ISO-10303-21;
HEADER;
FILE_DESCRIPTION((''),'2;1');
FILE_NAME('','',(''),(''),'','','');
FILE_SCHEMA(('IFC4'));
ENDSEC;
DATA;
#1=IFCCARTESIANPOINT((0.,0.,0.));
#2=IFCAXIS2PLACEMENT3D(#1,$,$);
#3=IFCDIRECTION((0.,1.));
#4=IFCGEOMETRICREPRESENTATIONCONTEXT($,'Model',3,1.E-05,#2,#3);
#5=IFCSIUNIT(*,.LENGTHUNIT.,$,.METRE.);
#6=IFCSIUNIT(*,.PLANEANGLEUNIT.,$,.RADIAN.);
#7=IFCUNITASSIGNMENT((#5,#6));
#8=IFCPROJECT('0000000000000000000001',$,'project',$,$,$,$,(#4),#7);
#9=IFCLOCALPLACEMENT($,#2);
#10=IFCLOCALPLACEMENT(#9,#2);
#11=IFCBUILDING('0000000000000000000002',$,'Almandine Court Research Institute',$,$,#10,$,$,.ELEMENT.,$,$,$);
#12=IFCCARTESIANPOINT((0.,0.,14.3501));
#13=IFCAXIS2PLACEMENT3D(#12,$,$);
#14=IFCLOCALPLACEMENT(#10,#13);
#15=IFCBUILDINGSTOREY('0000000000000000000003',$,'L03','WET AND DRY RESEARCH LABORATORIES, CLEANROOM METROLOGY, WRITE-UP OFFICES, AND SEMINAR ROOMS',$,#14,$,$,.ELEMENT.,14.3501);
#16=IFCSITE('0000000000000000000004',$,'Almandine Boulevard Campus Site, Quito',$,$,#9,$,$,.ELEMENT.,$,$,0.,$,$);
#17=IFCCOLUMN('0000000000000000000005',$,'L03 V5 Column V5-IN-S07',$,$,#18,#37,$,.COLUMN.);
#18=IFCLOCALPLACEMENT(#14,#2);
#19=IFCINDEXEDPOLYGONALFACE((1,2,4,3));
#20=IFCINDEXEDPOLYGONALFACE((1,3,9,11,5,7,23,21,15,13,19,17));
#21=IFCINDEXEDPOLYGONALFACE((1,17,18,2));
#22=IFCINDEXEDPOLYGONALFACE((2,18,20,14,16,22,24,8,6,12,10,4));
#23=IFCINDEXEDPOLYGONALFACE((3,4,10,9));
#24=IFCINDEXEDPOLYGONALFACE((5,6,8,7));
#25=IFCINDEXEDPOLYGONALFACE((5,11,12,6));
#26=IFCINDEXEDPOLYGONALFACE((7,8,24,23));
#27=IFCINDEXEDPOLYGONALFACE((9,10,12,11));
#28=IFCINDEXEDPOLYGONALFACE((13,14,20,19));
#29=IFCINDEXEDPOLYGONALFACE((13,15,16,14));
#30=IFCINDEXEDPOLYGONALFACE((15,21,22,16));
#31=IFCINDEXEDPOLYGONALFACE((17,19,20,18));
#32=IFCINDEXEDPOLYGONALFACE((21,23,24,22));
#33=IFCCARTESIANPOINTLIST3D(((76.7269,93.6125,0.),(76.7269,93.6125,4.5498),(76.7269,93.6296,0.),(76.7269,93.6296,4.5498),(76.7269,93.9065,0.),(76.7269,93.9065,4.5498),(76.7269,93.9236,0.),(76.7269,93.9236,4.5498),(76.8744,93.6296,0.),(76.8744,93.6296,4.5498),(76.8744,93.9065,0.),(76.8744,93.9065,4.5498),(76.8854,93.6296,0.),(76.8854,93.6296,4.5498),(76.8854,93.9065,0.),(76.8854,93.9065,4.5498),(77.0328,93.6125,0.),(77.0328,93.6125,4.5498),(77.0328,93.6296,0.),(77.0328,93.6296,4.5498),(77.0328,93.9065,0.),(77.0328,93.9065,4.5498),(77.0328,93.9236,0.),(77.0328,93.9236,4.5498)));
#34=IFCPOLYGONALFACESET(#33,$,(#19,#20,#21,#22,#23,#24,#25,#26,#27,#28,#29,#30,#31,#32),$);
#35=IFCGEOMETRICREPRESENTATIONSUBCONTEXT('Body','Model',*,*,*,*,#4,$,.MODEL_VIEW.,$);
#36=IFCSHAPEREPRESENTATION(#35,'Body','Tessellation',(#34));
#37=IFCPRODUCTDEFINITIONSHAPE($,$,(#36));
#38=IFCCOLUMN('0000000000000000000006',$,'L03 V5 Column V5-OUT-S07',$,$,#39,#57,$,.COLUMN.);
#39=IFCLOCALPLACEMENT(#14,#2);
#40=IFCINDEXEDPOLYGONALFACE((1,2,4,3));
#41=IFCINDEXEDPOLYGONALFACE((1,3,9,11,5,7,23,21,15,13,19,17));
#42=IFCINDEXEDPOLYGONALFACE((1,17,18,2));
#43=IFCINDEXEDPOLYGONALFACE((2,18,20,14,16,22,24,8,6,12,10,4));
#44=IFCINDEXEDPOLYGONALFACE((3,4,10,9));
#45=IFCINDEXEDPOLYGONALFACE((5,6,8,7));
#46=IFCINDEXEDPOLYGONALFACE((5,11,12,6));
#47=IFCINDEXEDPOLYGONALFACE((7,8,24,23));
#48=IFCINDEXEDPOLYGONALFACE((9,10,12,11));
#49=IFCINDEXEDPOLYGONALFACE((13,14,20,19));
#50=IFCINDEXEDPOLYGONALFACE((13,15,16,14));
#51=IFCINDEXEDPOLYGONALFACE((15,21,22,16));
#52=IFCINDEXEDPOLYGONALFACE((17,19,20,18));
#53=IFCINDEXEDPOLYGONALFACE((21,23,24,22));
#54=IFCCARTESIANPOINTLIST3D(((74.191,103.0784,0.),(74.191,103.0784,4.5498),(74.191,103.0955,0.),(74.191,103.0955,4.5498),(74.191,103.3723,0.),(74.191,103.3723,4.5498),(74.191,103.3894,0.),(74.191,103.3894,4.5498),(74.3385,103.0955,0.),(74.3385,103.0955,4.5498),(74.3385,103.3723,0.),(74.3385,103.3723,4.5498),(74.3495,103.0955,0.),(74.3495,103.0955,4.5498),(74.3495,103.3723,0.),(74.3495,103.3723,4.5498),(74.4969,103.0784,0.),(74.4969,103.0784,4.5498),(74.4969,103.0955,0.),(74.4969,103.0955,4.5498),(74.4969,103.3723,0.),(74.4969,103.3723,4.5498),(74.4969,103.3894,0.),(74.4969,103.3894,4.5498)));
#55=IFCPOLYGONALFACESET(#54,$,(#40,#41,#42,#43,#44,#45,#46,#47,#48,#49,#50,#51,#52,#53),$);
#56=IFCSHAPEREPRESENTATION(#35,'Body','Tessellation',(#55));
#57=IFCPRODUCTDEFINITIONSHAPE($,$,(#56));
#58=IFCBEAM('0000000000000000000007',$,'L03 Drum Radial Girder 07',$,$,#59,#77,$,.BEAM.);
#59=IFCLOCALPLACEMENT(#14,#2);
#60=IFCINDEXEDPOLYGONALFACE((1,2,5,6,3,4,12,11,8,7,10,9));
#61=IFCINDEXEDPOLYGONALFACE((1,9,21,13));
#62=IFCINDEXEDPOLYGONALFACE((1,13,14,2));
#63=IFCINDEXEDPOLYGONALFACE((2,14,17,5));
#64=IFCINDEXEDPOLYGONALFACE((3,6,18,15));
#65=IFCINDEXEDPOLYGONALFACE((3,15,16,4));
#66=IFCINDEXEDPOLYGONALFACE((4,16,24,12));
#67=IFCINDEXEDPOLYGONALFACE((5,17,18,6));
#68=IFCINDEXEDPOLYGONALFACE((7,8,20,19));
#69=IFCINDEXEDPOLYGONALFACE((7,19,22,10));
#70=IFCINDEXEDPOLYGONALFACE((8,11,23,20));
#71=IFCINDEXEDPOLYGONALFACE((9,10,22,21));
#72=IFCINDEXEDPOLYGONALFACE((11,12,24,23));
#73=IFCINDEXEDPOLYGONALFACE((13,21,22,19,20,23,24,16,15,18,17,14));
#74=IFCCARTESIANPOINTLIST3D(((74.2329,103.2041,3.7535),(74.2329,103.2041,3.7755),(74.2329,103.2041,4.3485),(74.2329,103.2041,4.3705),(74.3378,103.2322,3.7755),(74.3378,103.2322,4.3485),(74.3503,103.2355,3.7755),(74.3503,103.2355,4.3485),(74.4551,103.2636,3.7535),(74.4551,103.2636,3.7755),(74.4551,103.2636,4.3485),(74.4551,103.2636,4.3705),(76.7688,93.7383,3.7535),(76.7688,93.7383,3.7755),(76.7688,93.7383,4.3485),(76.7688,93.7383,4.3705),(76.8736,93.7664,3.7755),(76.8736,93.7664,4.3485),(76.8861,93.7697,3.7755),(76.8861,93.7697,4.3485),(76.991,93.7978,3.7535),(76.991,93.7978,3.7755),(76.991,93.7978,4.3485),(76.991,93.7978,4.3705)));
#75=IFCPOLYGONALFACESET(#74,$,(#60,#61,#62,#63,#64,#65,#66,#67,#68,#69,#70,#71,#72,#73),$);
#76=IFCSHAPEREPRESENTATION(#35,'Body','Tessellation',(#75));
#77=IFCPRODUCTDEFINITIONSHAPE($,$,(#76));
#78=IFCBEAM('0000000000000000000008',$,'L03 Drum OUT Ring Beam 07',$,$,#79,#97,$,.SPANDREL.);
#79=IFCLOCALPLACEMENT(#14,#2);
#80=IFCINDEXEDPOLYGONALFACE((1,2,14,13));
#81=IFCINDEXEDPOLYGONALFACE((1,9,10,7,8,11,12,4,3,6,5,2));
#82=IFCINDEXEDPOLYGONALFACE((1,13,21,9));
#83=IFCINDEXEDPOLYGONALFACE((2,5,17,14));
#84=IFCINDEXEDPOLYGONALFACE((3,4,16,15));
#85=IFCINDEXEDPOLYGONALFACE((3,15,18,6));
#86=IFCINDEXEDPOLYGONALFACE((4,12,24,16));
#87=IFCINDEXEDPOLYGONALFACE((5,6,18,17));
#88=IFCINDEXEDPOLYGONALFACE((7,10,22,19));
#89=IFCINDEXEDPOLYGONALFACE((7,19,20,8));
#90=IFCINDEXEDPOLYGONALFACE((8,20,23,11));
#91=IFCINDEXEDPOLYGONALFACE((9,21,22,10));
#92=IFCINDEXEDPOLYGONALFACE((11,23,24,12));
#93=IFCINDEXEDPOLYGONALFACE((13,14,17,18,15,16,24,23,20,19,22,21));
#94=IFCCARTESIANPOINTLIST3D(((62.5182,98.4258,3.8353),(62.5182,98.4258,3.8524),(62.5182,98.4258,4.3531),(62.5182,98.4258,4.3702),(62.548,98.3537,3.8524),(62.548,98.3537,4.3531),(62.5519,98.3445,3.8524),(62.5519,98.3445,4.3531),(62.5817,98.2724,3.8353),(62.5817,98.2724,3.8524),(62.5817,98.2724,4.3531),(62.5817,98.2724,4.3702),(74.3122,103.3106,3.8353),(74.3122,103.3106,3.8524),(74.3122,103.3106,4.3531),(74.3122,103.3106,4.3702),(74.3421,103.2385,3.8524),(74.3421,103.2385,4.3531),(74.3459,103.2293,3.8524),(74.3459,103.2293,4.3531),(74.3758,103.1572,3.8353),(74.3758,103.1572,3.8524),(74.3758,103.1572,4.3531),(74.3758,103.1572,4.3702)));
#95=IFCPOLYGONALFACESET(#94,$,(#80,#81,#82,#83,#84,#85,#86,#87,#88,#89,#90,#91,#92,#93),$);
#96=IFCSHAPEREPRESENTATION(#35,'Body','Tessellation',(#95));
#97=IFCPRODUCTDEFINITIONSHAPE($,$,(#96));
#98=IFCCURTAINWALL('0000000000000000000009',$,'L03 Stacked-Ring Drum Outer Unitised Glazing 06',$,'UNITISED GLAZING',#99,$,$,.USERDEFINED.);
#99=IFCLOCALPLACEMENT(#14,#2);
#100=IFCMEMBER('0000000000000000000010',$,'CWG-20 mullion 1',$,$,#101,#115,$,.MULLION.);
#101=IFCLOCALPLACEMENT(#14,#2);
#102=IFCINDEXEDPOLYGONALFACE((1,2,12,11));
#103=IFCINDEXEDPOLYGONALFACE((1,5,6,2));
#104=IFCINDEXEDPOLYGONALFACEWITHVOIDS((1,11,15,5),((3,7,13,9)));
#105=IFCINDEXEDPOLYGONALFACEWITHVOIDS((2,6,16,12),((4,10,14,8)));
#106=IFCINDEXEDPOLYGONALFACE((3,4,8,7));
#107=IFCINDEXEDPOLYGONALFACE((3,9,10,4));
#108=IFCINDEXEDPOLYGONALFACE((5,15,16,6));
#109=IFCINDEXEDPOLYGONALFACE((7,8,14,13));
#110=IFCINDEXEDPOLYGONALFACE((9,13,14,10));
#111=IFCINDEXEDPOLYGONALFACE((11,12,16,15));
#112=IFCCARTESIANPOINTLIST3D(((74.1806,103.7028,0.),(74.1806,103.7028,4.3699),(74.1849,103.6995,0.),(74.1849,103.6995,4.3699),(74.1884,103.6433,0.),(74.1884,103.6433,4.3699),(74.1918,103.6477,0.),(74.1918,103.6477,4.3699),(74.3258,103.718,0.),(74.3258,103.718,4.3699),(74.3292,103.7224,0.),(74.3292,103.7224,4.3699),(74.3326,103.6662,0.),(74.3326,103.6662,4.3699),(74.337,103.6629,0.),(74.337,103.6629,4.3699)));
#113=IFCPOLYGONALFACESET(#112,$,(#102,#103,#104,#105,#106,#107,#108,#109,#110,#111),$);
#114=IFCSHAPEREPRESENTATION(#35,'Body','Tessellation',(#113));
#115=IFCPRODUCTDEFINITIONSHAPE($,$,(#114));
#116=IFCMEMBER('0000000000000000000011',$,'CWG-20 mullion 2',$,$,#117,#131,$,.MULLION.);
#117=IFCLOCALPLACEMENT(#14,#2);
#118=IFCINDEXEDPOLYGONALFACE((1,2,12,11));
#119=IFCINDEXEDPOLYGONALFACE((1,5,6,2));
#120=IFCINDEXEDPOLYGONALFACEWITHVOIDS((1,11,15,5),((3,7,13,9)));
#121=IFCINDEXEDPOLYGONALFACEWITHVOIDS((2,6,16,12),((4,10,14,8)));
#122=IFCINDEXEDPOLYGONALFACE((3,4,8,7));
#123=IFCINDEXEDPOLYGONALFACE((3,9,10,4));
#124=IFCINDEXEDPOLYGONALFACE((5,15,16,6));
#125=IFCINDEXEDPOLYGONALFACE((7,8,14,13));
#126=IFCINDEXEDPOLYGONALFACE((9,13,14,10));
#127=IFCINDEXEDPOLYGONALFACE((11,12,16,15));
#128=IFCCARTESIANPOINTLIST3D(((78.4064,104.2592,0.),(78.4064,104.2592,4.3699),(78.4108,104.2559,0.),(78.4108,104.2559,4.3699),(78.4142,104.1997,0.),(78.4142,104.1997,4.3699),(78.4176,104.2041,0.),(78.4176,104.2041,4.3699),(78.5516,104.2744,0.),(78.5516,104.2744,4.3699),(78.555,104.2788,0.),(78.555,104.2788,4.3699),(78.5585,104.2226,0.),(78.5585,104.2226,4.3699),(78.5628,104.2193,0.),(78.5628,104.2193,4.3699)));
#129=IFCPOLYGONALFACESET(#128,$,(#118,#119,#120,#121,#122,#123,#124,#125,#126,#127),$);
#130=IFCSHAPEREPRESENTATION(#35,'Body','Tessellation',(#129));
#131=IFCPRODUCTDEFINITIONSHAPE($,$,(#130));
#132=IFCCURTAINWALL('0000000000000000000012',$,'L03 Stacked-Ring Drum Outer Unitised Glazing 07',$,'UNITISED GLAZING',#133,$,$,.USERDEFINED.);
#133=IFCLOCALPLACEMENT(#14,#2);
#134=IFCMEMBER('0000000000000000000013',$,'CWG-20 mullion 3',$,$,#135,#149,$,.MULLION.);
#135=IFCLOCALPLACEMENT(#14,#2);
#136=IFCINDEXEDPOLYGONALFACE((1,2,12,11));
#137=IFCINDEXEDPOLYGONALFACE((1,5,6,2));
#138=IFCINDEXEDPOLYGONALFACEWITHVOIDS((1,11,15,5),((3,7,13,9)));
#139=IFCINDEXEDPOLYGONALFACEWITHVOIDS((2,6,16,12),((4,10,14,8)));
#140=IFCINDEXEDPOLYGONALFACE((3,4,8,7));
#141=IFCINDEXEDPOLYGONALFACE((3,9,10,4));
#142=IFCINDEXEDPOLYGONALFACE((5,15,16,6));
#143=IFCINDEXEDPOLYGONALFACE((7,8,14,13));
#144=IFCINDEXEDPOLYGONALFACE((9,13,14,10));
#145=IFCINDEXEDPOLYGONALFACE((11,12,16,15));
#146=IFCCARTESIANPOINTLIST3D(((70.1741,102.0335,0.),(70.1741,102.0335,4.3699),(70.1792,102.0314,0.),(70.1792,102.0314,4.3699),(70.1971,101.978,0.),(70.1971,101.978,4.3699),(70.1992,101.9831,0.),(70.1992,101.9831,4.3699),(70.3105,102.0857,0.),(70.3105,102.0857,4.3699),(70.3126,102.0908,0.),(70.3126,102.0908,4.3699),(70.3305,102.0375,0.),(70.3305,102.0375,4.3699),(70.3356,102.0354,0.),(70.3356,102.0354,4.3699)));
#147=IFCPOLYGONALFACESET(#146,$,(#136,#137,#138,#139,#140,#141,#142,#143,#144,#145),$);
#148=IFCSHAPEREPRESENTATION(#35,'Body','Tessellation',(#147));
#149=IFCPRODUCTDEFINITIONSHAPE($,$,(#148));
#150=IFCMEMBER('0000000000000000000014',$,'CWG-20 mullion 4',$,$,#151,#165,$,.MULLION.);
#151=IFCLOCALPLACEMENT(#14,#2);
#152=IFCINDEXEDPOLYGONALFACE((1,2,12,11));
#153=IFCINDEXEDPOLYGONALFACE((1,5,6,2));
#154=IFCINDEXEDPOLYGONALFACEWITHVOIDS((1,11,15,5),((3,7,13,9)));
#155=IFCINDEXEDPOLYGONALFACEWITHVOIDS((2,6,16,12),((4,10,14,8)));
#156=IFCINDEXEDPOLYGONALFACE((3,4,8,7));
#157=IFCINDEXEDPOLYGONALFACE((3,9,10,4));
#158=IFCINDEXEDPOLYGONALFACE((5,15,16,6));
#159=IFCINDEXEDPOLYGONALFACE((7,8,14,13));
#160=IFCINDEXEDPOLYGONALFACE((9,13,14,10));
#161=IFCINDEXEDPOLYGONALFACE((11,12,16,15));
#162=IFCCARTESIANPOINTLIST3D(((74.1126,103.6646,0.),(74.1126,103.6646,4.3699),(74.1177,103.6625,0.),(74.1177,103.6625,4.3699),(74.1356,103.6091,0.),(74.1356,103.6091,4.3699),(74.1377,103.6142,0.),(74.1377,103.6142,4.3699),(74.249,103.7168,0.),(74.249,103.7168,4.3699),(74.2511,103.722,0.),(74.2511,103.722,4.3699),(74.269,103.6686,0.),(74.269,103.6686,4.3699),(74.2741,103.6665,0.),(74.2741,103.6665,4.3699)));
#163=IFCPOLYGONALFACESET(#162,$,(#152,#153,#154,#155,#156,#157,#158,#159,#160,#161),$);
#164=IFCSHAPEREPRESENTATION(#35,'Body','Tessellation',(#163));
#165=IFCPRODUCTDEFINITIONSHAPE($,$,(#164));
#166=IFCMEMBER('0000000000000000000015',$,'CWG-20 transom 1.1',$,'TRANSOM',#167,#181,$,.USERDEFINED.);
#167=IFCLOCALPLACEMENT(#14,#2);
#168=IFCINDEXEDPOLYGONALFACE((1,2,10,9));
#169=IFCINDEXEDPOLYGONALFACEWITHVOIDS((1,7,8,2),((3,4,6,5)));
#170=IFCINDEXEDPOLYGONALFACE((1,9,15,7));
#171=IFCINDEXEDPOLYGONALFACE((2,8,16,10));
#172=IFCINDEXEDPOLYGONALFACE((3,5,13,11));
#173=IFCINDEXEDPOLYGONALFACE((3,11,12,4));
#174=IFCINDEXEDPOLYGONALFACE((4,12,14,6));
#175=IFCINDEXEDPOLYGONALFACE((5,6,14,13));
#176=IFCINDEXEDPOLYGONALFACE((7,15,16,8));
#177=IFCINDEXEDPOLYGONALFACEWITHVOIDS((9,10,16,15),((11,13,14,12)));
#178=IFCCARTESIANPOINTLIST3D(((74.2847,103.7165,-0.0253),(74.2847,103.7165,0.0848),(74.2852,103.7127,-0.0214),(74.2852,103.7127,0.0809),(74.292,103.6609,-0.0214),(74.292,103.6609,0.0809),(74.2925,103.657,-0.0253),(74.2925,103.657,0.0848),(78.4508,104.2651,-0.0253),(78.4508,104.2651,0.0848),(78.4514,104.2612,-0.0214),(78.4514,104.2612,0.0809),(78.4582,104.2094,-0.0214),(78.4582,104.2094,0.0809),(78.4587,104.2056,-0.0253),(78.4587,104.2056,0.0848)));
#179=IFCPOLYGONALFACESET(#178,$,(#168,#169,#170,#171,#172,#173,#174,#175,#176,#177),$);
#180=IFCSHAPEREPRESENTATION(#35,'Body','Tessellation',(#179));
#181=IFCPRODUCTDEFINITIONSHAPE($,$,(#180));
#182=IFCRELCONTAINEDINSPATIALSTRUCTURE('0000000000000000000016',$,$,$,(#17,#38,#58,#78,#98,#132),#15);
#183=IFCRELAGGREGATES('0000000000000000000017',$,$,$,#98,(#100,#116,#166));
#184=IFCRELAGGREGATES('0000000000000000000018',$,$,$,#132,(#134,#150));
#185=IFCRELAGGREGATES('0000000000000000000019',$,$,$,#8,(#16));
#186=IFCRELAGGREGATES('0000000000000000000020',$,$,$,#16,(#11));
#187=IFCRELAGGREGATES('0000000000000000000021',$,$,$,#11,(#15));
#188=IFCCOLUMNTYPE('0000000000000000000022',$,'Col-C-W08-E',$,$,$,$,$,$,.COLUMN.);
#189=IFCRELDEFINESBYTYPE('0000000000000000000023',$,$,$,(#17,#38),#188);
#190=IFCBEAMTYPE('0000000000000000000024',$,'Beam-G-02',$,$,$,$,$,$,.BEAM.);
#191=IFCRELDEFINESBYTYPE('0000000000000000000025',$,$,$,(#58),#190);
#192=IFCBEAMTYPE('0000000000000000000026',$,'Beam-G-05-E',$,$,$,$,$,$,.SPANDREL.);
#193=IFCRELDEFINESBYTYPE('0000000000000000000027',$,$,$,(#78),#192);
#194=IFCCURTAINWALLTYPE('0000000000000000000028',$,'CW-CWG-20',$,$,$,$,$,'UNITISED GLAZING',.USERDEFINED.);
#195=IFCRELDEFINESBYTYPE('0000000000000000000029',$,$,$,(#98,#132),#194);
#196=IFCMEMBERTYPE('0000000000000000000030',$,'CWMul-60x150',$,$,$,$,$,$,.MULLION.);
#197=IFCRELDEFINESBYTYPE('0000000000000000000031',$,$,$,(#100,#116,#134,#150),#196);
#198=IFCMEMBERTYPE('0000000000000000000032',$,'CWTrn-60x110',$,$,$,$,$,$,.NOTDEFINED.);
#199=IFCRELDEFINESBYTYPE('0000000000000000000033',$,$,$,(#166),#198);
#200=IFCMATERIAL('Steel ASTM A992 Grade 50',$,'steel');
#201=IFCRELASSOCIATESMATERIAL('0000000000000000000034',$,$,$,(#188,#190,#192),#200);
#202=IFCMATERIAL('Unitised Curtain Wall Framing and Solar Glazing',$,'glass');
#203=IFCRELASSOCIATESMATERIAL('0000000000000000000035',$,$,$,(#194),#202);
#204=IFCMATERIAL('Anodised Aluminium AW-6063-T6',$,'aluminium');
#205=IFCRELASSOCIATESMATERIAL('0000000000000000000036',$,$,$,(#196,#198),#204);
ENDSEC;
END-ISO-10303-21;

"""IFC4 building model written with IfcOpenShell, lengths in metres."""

from ifc_helpers import new_model, si_unit, direction, frame, origin, origin_2d, place, context, subcontext, project, spatial, hollow_rectangle, i_section, extrude, material, material_profile, profile_set, type_object, element, aggregate, save


model = new_model("IFC4")

# Units and contexts
model_context = context("Model", 3, precision=1e-05, world=origin(), true_north=direction((0.0, 1.0)))
body_context = subcontext(model_context, "Body", "Model", "MODEL_VIEW")
ifc_project = project(units=[si_unit("LENGTHUNIT", "METRE"), si_unit("PLANEANGLEUNIT", "RADIAN")], contexts=[model_context])

# Site, building, storey
site_placement = place(None, origin())
site = spatial("IfcSite", under=ifc_project, at=site_placement, Name="Almandine Boulevard Campus Site, Quito", CompositionType="ELEMENT", RefElevation=0.0)
building_placement = place(site_placement, origin())
building = spatial("IfcBuilding", under=site, at=building_placement, Name="Almandine Court Research Institute", CompositionType="ELEMENT")
storey_placement = place(building_placement, frame((0.0, 0.0, 14.3501)))
storey = spatial("IfcBuildingStorey", under=building, at=storey_placement, Name="L03", Description="WET AND DRY RESEARCH LABORATORIES, CLEANROOM METROLOGY, WRITE-UP OFFICES, AND SEMINAR ROOMS", CompositionType="ELEMENT", Elevation=14.3501)

# Columns
ifc_material_1 = material(Name="Steel ASTM A992 Grade 50", Category="steel")
ifc_material_profile_1 = material_profile(ifc_material_1, i_section(OverallWidth=0.3059, OverallDepth=0.311, WebThickness=0.011, FlangeThickness=0.0171, at=origin_2d()), Name="W310x107")
ifc_profile_set_1 = profile_set([ifc_material_profile_1], Name="Steel ASTM A992 Grade 50")
column_type = type_object("IfcColumnType", Name="Col-C-W08-E", PredefinedType="COLUMN", material=ifc_profile_set_1)
for number, where, z_axis, x_axis, name in (
    (1, (76.8799, 93.7681, 0.0), (0.0, 0.0, 1.0), (1.0, 0.0, 0.0), "L03 V5 Column V5-IN-S07"),
    (2, (74.344, 103.2339, 0.0), (0.0, 0.0, 1.0), (1.0, 0.0, 0.0), "L03 V5 Column V5-OUT-S07"),
):
    element("IfcColumn", number, at=place(storey_placement, frame(where, z_axis=z_axis, x_axis=x_axis)), inside=storey, type_object=column_type, Name=name, PredefinedType="COLUMN", context=body_context, shape_type="SweptSolid", body=[
        extrude(i_section(OverallWidth=0.3059, OverallDepth=0.311, WebThickness=0.011, FlangeThickness=0.0171, at=origin_2d()), origin(), (0.0, 0.0, 1.0), 4.5498),
    ])

# Beams
ifc_material_profile_2 = material_profile(ifc_material_1, i_section(OverallWidth=0.23, OverallDepth=0.6169, WebThickness=0.0129, FlangeThickness=0.022, at=origin_2d()), Name="W610x140")
ifc_profile_set_2 = profile_set([ifc_material_profile_2], Name="Steel ASTM A992 Grade 50")
beam_type_1 = type_object("IfcBeamType", Name="Beam-G-02", PredefinedType="BEAM", material=ifc_profile_set_2)
beam_1_placement = place(storey_placement, frame((76.8799, 93.7681, 4.062), z_axis=(-0.258774, 0.965938, 0.0), x_axis=(-0.965938, -0.258774, 0.0)))
element("IfcBeam", 3, at=beam_1_placement, inside=storey, type_object=beam_type_1, Name="L03 Drum Radial Girder 07", PredefinedType="BEAM", context=body_context, shape_type="SweptSolid", body=[
    extrude(i_section(OverallWidth=0.23, OverallDepth=0.6169, WebThickness=0.0129, FlangeThickness=0.022, at=origin_2d()), origin(), (0.0, 0.0, 1.0), 9.7996),
])
ifc_material_profile_3 = material_profile(ifc_material_1, i_section(OverallWidth=0.166, OverallDepth=0.5349, WebThickness=0.01, FlangeThickness=0.0171, at=origin_2d()), Name="W530x85")
ifc_profile_set_3 = profile_set([ifc_material_profile_3], Name="Steel ASTM A992 Grade 50")
beam_type_2 = type_object("IfcBeamType", Name="Beam-G-05-E", PredefinedType="SPANDREL", material=ifc_profile_set_3)
beam_2_placement = place(storey_placement, frame((74.344, 103.2339, 4.1028), z_axis=(-0.923892, -0.382654, 0.0), x_axis=(0.382654, -0.923892, 0.0)))
element("IfcBeam", 4, at=beam_2_placement, inside=storey, type_object=beam_type_2, Name="L03 Drum OUT Ring Beam 07", PredefinedType="SPANDREL", context=body_context, shape_type="SweptSolid", body=[
    extrude(i_section(OverallWidth=0.166, OverallDepth=0.5349, WebThickness=0.01, FlangeThickness=0.0171, at=origin_2d()), origin(), (0.0, 0.0, 1.0), 12.7656),
])

# Curtain walls, members
ifc_material_2 = material(Name="Unitised Curtain Wall Framing and Solar Glazing", Category="glass")
curtain_wall_type = type_object("IfcCurtainWallType", Name="CW-CWG-20", ElementType="UNITISED GLAZING", PredefinedType="USERDEFINED", material=ifc_material_2)
curtain_wall_1_placement = place(storey_placement, origin())
curtain_wall_1 = element("IfcCurtainWall", 5, at=curtain_wall_1_placement, inside=storey, type_object=curtain_wall_type, Name="L03 Stacked-Ring Drum Outer Unitised Glazing 06", ObjectType="UNITISED GLAZING", PredefinedType="USERDEFINED")
ifc_material_3 = material(Name="Anodised Aluminium AW-6063-T6", Category="aluminium")
ifc_material_profile_4 = material_profile(ifc_material_3, hollow_rectangle(XDim=0.0601, YDim=0.1499, WallThickness=0.0039, at=origin_2d()), Name="ALU RHS 60x150x4")
ifc_profile_set_4 = profile_set([ifc_material_profile_4], Name="Anodised Aluminium AW-6063-T6")
member_type_1 = type_object("IfcMemberType", Name="CWMul-60x150", PredefinedType="MULLION", material=ifc_profile_set_4)
member_1_placement = place(storey_placement, frame((74.2588, 103.6829, 0.0), z_axis=(0.0, 0.0, 1.0), x_axis=(-0.130541, 0.991443, 0.0)))
member_1 = element("IfcMember", 6, at=member_1_placement, type_object=member_type_1, Name="CWG-20 mullion 1", PredefinedType="MULLION", context=body_context, shape_type="SweptSolid", body=[
    extrude(hollow_rectangle(XDim=0.0601, YDim=0.1499, WallThickness=0.0039, at=origin_2d()), origin(), (0.0, 0.0, 1.0), 4.3699),
])
member_2_placement = place(storey_placement, frame((78.4846, 104.2393, 0.0), z_axis=(0.0, 0.0, 1.0), x_axis=(-0.130541, 0.991443, 0.0)))
member_2 = element("IfcMember", 7, at=member_2_placement, type_object=member_type_1, Name="CWG-20 mullion 2", PredefinedType="MULLION", context=body_context, shape_type="SweptSolid", body=[
    extrude(hollow_rectangle(XDim=0.0601, YDim=0.1499, WallThickness=0.0039, at=origin_2d()), origin(), (0.0, 0.0, 1.0), 4.3699),
])
curtain_wall_2_placement = place(storey_placement, origin())
curtain_wall_2 = element("IfcCurtainWall", 8, at=curtain_wall_2_placement, inside=storey, type_object=curtain_wall_type, Name="L03 Stacked-Ring Drum Outer Unitised Glazing 07", ObjectType="UNITISED GLAZING", PredefinedType="USERDEFINED")
member_3_placement = place(storey_placement, frame((70.2549, 102.0344, 0.0), z_axis=(0.0, 0.0, 1.0), x_axis=(-0.382663, 0.923888, 0.0)))
member_3 = element("IfcMember", 9, at=member_3_placement, type_object=member_type_1, Name="CWG-20 mullion 3", PredefinedType="MULLION", context=body_context, shape_type="SweptSolid", body=[
    extrude(hollow_rectangle(XDim=0.0601, YDim=0.1499, WallThickness=0.0039, at=origin_2d()), origin(), (0.0, 0.0, 1.0), 4.3699),
])
member_4_placement = place(storey_placement, frame((74.1934, 103.6655, 0.0), z_axis=(0.0, 0.0, 1.0), x_axis=(-0.382663, 0.923888, 0.0)))
member_4 = element("IfcMember", 10, at=member_4_placement, type_object=member_type_1, Name="CWG-20 mullion 4", PredefinedType="MULLION", context=body_context, shape_type="SweptSolid", body=[
    extrude(hollow_rectangle(XDim=0.0601, YDim=0.1499, WallThickness=0.0039, at=origin_2d()), origin(), (0.0, 0.0, 1.0), 4.3699),
])

# Member
ifc_material_profile_5 = material_profile(ifc_material_3, hollow_rectangle(XDim=0.0601, YDim=0.1101, WallThickness=0.0039, at=origin_2d()), Name="ALU RHS 60x110x4")
ifc_profile_set_5 = profile_set([ifc_material_profile_5], Name="Anodised Aluminium AW-6063-T6")
member_type_2 = type_object("IfcMemberType", Name="CWTrn-60x110", PredefinedType="NOTDEFINED", material=ifc_profile_set_5)
member_5_placement = place(storey_placement, frame((74.2886, 103.6868, 0.0298), z_axis=(0.991442, 0.130546, 0.0), x_axis=(-0.130546, 0.991442, 0.0)))
member_5 = element("IfcMember", 11, at=member_5_placement, type_object=member_type_2, Name="CWG-20 transom 1.1", ObjectType="TRANSOM", PredefinedType="USERDEFINED", context=body_context, shape_type="SweptSolid", body=[
    extrude(hollow_rectangle(XDim=0.0601, YDim=0.1101, WallThickness=0.0039, at=origin_2d()), origin(), (0.0, 0.0, 1.0), 4.2021),
])

aggregate(curtain_wall_1, [member_1, member_2, member_5])
aggregate(curtain_wall_2, [member_3, member_4])

save(model, "model.ifc")
